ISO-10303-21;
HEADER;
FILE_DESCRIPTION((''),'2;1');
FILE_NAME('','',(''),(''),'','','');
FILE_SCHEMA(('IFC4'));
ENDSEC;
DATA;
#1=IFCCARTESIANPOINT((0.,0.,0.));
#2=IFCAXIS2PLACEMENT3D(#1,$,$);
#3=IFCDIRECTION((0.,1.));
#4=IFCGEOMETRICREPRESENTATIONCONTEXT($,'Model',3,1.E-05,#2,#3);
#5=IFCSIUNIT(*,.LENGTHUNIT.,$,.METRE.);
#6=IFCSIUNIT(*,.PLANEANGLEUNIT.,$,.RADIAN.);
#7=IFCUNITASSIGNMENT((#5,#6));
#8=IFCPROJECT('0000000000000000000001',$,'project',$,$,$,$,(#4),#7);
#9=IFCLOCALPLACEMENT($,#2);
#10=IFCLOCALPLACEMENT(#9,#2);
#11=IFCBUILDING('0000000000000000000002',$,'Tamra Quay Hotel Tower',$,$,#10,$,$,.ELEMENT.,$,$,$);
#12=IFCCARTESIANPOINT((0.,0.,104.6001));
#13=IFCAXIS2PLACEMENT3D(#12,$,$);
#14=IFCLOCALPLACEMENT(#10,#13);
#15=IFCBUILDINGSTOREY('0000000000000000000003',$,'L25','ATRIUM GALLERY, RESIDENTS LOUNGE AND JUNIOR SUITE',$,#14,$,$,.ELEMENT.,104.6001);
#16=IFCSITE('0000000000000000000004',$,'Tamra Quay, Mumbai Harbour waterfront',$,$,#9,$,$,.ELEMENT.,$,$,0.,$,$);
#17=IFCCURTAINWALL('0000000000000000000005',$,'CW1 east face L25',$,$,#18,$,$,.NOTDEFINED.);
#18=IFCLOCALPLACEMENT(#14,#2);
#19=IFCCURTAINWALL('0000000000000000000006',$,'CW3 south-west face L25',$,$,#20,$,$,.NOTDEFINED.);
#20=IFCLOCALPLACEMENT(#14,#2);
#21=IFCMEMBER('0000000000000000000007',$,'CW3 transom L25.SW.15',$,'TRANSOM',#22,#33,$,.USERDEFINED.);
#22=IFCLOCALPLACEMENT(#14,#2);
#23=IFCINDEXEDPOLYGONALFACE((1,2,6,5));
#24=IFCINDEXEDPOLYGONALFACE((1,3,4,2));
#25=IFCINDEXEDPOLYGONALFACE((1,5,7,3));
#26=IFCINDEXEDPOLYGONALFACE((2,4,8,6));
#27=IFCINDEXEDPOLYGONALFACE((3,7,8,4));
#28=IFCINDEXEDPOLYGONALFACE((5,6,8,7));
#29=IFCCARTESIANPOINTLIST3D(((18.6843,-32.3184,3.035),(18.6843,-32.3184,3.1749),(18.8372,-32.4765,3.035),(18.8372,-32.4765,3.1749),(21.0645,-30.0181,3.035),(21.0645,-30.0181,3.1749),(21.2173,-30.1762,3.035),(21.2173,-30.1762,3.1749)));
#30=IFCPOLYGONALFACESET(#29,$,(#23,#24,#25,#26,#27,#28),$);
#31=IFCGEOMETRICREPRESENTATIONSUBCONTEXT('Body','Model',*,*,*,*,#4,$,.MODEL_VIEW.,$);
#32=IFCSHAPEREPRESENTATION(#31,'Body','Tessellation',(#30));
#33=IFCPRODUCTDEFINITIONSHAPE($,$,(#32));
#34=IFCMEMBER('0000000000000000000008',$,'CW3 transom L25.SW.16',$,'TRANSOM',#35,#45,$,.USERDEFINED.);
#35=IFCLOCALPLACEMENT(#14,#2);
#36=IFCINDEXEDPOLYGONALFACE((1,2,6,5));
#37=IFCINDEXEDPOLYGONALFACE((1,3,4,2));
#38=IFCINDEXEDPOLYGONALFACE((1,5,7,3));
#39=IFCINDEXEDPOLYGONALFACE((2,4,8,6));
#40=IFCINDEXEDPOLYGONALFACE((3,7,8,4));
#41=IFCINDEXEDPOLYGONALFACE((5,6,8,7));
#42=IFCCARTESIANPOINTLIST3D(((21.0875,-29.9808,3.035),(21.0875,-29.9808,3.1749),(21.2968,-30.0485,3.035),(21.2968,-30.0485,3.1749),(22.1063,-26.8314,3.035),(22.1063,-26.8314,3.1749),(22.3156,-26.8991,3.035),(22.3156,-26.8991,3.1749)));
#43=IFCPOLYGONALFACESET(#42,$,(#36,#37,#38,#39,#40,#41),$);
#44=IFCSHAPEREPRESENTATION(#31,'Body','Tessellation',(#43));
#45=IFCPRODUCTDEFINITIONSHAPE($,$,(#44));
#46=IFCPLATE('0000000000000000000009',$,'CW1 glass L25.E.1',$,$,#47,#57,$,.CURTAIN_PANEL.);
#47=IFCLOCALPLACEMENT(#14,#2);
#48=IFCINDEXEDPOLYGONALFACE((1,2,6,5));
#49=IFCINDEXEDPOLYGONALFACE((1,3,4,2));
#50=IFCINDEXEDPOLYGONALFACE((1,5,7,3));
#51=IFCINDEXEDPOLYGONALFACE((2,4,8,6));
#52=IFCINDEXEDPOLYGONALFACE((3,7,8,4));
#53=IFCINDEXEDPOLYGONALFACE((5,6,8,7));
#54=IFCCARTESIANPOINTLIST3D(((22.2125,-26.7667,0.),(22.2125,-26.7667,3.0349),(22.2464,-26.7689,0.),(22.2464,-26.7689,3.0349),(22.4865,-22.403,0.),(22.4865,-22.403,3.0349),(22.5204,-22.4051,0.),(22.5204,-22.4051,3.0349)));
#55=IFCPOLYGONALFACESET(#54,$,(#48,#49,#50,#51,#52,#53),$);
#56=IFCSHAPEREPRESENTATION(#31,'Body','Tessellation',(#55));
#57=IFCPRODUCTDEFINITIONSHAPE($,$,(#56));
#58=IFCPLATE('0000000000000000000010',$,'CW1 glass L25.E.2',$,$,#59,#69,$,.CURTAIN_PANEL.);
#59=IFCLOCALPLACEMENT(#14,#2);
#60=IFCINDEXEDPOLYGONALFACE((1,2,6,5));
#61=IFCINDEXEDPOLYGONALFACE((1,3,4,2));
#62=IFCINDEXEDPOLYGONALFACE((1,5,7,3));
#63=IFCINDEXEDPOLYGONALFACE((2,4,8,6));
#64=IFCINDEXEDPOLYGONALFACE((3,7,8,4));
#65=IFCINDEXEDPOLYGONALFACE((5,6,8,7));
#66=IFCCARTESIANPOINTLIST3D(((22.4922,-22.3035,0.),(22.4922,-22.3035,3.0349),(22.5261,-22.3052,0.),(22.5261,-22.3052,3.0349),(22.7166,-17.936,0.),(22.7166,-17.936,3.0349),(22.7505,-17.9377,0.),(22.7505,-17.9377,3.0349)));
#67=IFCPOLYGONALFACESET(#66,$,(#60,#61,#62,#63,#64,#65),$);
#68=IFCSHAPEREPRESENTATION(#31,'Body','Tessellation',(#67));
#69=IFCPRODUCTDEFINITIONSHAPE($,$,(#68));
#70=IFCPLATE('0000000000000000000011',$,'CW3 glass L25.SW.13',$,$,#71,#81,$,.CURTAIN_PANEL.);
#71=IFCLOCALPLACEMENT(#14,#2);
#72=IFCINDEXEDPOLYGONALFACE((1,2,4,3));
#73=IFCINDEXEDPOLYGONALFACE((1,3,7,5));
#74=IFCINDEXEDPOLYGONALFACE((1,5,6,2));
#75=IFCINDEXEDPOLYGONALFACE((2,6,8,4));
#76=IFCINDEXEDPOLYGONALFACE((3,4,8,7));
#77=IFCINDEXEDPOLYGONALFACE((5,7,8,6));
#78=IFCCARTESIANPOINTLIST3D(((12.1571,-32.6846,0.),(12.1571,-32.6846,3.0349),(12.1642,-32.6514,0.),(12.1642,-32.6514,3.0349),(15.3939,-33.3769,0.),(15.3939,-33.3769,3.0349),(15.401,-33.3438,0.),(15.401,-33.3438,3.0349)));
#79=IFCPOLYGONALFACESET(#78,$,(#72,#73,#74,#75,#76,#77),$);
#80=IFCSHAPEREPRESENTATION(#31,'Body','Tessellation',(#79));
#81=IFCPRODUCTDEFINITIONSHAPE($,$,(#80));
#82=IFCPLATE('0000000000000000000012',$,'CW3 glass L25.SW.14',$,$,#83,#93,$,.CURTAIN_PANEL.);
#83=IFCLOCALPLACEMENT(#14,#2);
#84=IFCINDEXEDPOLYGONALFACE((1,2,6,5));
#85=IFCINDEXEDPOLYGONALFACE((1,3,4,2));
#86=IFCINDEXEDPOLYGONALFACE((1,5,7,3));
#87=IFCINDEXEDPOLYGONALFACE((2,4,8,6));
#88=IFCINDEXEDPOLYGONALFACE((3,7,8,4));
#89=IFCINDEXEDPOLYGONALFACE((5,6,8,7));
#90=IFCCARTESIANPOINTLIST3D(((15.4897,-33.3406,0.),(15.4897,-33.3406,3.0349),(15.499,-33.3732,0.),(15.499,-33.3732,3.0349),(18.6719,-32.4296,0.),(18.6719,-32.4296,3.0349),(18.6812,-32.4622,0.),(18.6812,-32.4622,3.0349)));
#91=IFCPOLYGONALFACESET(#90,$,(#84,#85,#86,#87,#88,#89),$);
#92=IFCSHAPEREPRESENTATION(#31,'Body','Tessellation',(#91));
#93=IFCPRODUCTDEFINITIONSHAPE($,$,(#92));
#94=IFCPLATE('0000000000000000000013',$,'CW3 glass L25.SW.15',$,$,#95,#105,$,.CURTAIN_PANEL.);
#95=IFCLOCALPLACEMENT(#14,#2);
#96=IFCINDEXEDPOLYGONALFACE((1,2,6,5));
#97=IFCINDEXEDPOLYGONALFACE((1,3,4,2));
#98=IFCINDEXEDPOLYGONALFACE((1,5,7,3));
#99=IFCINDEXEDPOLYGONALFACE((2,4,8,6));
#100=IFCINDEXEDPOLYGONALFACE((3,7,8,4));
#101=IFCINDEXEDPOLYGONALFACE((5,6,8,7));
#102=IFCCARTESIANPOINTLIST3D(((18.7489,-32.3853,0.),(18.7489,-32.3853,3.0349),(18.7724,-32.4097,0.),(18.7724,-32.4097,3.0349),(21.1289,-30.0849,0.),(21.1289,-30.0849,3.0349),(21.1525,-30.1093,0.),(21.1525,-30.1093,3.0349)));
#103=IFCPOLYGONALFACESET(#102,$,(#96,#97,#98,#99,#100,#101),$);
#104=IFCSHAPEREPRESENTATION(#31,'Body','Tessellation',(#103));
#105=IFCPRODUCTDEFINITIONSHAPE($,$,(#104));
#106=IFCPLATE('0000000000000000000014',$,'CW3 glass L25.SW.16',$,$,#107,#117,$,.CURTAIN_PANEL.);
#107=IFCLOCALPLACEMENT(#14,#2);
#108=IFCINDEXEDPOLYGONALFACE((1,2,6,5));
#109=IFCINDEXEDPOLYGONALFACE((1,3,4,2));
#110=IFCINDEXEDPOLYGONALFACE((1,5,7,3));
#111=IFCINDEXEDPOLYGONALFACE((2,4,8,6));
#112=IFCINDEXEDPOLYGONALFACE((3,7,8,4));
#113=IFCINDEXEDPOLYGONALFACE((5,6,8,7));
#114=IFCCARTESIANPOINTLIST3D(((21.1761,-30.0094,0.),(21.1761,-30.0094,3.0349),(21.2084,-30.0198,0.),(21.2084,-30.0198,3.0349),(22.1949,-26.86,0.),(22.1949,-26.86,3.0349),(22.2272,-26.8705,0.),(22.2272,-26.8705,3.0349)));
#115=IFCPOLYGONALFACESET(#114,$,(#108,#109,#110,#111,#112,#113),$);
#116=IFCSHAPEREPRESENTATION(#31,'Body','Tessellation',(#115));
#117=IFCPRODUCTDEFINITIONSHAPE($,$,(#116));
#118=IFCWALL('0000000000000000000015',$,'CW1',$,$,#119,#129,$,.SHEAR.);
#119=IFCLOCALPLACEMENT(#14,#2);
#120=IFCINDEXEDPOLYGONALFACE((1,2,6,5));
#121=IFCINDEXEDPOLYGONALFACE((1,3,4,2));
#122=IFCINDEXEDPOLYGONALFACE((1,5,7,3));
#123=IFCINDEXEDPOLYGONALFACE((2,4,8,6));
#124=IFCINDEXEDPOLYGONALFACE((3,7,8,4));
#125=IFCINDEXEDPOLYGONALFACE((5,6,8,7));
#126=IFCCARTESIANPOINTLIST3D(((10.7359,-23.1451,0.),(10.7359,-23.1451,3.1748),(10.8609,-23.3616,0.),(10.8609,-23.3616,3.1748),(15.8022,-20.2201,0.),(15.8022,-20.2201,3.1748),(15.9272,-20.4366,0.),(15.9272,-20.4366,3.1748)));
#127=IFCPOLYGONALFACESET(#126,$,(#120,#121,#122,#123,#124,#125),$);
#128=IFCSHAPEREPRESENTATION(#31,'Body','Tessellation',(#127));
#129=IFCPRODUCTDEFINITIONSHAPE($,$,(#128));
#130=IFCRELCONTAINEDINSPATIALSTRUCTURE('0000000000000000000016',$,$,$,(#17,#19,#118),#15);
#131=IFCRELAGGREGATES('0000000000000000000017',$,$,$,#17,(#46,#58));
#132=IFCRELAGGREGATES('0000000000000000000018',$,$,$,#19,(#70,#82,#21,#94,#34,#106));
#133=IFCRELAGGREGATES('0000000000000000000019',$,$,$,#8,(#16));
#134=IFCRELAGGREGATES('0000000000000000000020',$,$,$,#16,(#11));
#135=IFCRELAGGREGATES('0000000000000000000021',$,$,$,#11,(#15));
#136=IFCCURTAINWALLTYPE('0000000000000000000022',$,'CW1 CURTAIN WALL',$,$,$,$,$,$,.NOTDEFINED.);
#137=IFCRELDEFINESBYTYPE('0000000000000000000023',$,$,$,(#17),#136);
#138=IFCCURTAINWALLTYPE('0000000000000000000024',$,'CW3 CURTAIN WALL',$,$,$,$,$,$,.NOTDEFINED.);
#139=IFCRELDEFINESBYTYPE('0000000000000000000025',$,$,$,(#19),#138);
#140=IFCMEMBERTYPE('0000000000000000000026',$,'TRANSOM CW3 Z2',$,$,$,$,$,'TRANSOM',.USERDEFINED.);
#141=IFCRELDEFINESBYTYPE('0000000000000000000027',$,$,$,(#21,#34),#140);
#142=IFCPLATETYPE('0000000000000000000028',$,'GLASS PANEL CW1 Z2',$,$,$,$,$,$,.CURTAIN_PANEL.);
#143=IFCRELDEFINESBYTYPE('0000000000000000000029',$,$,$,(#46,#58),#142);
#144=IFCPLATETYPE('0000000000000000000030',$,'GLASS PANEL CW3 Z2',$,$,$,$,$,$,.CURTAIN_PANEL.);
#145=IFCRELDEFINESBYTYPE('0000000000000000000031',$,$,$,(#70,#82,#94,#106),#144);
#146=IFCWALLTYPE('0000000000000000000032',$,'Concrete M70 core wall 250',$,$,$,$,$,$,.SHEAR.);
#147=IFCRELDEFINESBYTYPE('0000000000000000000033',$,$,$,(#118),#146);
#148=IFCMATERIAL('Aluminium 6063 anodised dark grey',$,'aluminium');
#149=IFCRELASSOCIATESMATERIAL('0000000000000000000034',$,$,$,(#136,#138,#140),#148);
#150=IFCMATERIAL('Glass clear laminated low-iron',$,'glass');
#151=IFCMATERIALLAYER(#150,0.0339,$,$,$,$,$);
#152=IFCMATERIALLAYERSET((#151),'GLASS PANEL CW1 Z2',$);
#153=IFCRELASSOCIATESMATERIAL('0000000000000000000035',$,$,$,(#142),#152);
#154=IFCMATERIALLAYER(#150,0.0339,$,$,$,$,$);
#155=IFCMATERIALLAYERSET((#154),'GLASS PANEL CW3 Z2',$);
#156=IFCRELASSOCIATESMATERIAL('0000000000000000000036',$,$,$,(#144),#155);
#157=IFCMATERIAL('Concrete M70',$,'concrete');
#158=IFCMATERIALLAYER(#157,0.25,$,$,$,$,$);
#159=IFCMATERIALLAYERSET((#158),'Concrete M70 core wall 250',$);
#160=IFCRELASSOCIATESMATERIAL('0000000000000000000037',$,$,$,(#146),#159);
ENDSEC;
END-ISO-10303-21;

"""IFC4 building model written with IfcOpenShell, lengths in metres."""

from ifc_helpers import new_model, si_unit, direction, frame, frame_2d, origin, origin_2d, place, context, subcontext, project, spatial, rectangle, extrude, material, layer, layer_set, material_profile, profile_set, type_object, element, aggregate, save


model = new_model("IFC4")

# Units and contexts
model_context = context("Model", 3, precision=1e-05, world=origin(), true_north=direction((0.0, 1.0)))
body_context = subcontext(model_context, "Body", "Model", "MODEL_VIEW")
ifc_project = project(units=[si_unit("LENGTHUNIT", "METRE"), si_unit("PLANEANGLEUNIT", "RADIAN")], contexts=[model_context])

# Site, building, storey
site_placement = place(None, origin())
site = spatial("IfcSite", under=ifc_project, at=site_placement, Name="Tamra Quay, Mumbai Harbour waterfront", CompositionType="ELEMENT", RefElevation=0.0)
building_placement = place(site_placement, origin())
building = spatial("IfcBuilding", under=site, at=building_placement, Name="Tamra Quay Hotel Tower", CompositionType="ELEMENT")
storey_placement = place(building_placement, frame((0.0, 0.0, 104.6001)))
storey = spatial("IfcBuildingStorey", under=building, at=storey_placement, Name="L25", Description="ATRIUM GALLERY, RESIDENTS LOUNGE AND JUNIOR SUITE", CompositionType="ELEMENT", Elevation=104.6001)

# Shared definitions
ifc_material_1 = material(Name="Concrete M70", Category="concrete")

# Curtain wall
ifc_material_2 = material(Name="Aluminium 6063 anodised dark grey", Category="aluminium")
curtain_wall_type_1 = type_object("IfcCurtainWallType", Name="CW1 CURTAIN WALL", PredefinedType="NOTDEFINED", material=ifc_material_2)
curtain_wall_1_placement = place(storey_placement, origin())
curtain_wall_1 = element("IfcCurtainWall", 1, at=curtain_wall_1_placement, inside=storey, type_object=curtain_wall_type_1, Name="CW1 east face L25", PredefinedType="NOTDEFINED")

# Curtain wall
curtain_wall_type_2 = type_object("IfcCurtainWallType", Name="CW3 CURTAIN WALL", PredefinedType="NOTDEFINED", material=ifc_material_2)
curtain_wall_2_placement = place(storey_placement, origin())
curtain_wall_2 = element("IfcCurtainWall", 2, at=curtain_wall_2_placement, inside=storey, type_object=curtain_wall_type_2, Name="CW3 south-west face L25", PredefinedType="NOTDEFINED")

# Members
ifc_material_profile_1 = material_profile(ifc_material_2, rectangle(XDim=0.22, YDim=0.1399, at=origin_2d()), Name="TRANSOM 220X140")
ifc_profile_set_1 = profile_set([ifc_material_profile_1], Name="Aluminium 6063 anodised dark grey")
member_type_1 = type_object("IfcMemberType", Name="TRANSOM CW3 Z2", ElementType="TRANSOM", PredefinedType="USERDEFINED", material=ifc_profile_set_1)
member_1_placement = place(storey_placement, frame((18.7607, -32.3975, 3.105), z_axis=(0.719063, 0.694945, 0.0), x_axis=(-0.694945, 0.719063, 0.0)))
member_1 = element("IfcMember", 3, at=member_1_placement, type_object=member_type_1, Name="CW3 transom L25.SW.15", ObjectType="TRANSOM", PredefinedType="USERDEFINED", context=body_context, shape_type="SweptSolid", body=[
    extrude(rectangle(XDim=0.22, YDim=0.1399, at=origin_2d()), origin(), (0.0, 0.0, 1.0), 3.3101),
])
member_2_placement = place(storey_placement, frame((21.1921, -30.0146, 3.105), z_axis=(0.307785, 0.951456, 0.0), x_axis=(-0.951456, 0.307785, 0.0)))
member_2 = element("IfcMember", 4, at=member_2_placement, type_object=member_type_1, Name="CW3 transom L25.SW.16", ObjectType="TRANSOM", PredefinedType="USERDEFINED", context=body_context, shape_type="SweptSolid", body=[
    extrude(rectangle(XDim=0.22, YDim=0.1399, at=origin_2d()), origin(), (0.0, 0.0, 1.0), 3.3101),
])

# Plates
ifc_material_3 = material(Name="Glass clear laminated low-iron", Category="glass")
ifc_layer_1 = layer(ifc_material_3, 0.0339)
ifc_layer_set_1 = layer_set([ifc_layer_1], Name="GLASS PANEL CW1 Z2")
plate_type_1 = type_object("IfcPlateType", Name="GLASS PANEL CW1 Z2", PredefinedType="CURTAIN_PANEL", material=ifc_layer_set_1)
plate_1_placement = place(storey_placement, frame((22.3665, -24.5859, 0.0), z_axis=(0.0, 0.0, 1.0), x_axis=(0.06267, 0.998034, 0.0)))
plate_1 = element("IfcPlate", 5, at=plate_1_placement, type_object=plate_type_1, Name="CW1 glass L25.E.1", PredefinedType="CURTAIN_PANEL", context=body_context, shape_type="SweptSolid", body=[
    extrude(rectangle(XDim=4.3723, YDim=0.0339, at=origin_2d()), origin(), (0.0, 0.0, 1.0), 3.0349),
])
plate_2_placement = place(storey_placement, frame((22.6213, -20.1206, 0.0), z_axis=(0.0, 0.0, 1.0), x_axis=(0.051321, 0.998682, 0.0)))
plate_2 = element("IfcPlate", 6, at=plate_2_placement, type_object=plate_type_1, Name="CW1 glass L25.E.2", PredefinedType="CURTAIN_PANEL", context=body_context, shape_type="SweptSolid", body=[
    extrude(rectangle(XDim=4.3733, YDim=0.0339, at=origin_2d()), origin(), (0.0, 0.0, 1.0), 3.0349),
])
aggregate(curtain_wall_1, [plate_1, plate_2])
ifc_layer_2 = layer(ifc_material_3, 0.0339)
ifc_layer_set_2 = layer_set([ifc_layer_2], Name="GLASS PANEL CW3 Z2")
plate_type_2 = type_object("IfcPlateType", Name="GLASS PANEL CW3 Z2", PredefinedType="CURTAIN_PANEL", material=ifc_layer_set_2)
plate_3_placement = place(storey_placement, frame((13.7791, -33.0142, 0.0), z_axis=(0.0, 0.0, 1.0), x_axis=(0.977879, -0.209172, 0.0)))
plate_3 = element("IfcPlate", 7, at=plate_3_placement, type_object=plate_type_2, Name="CW3 glass L25.SW.13", PredefinedType="CURTAIN_PANEL", context=body_context, shape_type="SweptSolid", body=[
    extrude(rectangle(XDim=3.3101, YDim=0.0339, at=origin_2d()), origin(), (0.0, 0.0, 1.0), 3.0349),
])
plate_4_placement = place(storey_placement, frame((17.0854, -32.9014, 0.0), z_axis=(0.0, 0.0, 1.0), x_axis=(0.96138, 0.275224, 0.0)))
plate_4 = element("IfcPlate", 8, at=plate_4_placement, type_object=plate_type_2, Name="CW3 glass L25.SW.14", PredefinedType="CURTAIN_PANEL", context=body_context, shape_type="SweptSolid", body=[
    extrude(rectangle(XDim=3.3101, YDim=0.0339, at=origin_2d()), origin(), (0.0, 0.0, 1.0), 3.0349),
])
plate_5_placement = place(storey_placement, frame((19.9507, -31.2473, 0.0), z_axis=(0.0, 0.0, 1.0), x_axis=(0.719041, 0.694967, 0.0)))
plate_5 = element("IfcPlate", 9, at=plate_5_placement, type_object=plate_type_2, Name="CW3 glass L25.SW.15", PredefinedType="CURTAIN_PANEL", context=body_context, shape_type="SweptSolid", body=[
    extrude(rectangle(XDim=3.3101, YDim=0.0339, at=origin_2d()), origin(), (0.0, 0.0, 1.0), 3.0349),
])
plate_6_placement = place(storey_placement, frame((21.7017, -28.4399, 0.0), z_axis=(0.0, 0.0, 1.0), x_axis=(0.307791, 0.951454, 0.0)))
plate_6 = element("IfcPlate", 10, at=plate_6_placement, type_object=plate_type_2, Name="CW3 glass L25.SW.16", PredefinedType="CURTAIN_PANEL", context=body_context, shape_type="SweptSolid", body=[
    extrude(rectangle(XDim=3.3101, YDim=0.0339, at=origin_2d()), origin(), (0.0, 0.0, 1.0), 3.0349),
])
aggregate(curtain_wall_2, [plate_3, plate_4, member_1, plate_5, member_2, plate_6])

# Wall
ifc_layer_3 = layer(ifc_material_1, 0.25)
ifc_layer_set_3 = layer_set([ifc_layer_3], Name="Concrete M70 core wall 250")
wall_type = type_object("IfcWallType", Name="Concrete M70 core wall 250", PredefinedType="SHEAR", material=ifc_layer_set_3)
wall_placement = place(storey_placement, frame((15.8647, -20.3284, 0.0), z_axis=(0.0, 0.0, 1.0), x_axis=(-0.866029, -0.499995, 0.0)))
element("IfcWall", 11, at=wall_placement, inside=storey, type_object=wall_type, Name="CW1", PredefinedType="SHEAR", context=body_context, shape_type="SweptSolid", body=[
    extrude(rectangle(XDim=5.8501, YDim=0.25, at=frame_2d((2.925, 0.0))), origin(), (0.0, 0.0, 1.0), 3.1748),
])

save(model, "model.ifc")
